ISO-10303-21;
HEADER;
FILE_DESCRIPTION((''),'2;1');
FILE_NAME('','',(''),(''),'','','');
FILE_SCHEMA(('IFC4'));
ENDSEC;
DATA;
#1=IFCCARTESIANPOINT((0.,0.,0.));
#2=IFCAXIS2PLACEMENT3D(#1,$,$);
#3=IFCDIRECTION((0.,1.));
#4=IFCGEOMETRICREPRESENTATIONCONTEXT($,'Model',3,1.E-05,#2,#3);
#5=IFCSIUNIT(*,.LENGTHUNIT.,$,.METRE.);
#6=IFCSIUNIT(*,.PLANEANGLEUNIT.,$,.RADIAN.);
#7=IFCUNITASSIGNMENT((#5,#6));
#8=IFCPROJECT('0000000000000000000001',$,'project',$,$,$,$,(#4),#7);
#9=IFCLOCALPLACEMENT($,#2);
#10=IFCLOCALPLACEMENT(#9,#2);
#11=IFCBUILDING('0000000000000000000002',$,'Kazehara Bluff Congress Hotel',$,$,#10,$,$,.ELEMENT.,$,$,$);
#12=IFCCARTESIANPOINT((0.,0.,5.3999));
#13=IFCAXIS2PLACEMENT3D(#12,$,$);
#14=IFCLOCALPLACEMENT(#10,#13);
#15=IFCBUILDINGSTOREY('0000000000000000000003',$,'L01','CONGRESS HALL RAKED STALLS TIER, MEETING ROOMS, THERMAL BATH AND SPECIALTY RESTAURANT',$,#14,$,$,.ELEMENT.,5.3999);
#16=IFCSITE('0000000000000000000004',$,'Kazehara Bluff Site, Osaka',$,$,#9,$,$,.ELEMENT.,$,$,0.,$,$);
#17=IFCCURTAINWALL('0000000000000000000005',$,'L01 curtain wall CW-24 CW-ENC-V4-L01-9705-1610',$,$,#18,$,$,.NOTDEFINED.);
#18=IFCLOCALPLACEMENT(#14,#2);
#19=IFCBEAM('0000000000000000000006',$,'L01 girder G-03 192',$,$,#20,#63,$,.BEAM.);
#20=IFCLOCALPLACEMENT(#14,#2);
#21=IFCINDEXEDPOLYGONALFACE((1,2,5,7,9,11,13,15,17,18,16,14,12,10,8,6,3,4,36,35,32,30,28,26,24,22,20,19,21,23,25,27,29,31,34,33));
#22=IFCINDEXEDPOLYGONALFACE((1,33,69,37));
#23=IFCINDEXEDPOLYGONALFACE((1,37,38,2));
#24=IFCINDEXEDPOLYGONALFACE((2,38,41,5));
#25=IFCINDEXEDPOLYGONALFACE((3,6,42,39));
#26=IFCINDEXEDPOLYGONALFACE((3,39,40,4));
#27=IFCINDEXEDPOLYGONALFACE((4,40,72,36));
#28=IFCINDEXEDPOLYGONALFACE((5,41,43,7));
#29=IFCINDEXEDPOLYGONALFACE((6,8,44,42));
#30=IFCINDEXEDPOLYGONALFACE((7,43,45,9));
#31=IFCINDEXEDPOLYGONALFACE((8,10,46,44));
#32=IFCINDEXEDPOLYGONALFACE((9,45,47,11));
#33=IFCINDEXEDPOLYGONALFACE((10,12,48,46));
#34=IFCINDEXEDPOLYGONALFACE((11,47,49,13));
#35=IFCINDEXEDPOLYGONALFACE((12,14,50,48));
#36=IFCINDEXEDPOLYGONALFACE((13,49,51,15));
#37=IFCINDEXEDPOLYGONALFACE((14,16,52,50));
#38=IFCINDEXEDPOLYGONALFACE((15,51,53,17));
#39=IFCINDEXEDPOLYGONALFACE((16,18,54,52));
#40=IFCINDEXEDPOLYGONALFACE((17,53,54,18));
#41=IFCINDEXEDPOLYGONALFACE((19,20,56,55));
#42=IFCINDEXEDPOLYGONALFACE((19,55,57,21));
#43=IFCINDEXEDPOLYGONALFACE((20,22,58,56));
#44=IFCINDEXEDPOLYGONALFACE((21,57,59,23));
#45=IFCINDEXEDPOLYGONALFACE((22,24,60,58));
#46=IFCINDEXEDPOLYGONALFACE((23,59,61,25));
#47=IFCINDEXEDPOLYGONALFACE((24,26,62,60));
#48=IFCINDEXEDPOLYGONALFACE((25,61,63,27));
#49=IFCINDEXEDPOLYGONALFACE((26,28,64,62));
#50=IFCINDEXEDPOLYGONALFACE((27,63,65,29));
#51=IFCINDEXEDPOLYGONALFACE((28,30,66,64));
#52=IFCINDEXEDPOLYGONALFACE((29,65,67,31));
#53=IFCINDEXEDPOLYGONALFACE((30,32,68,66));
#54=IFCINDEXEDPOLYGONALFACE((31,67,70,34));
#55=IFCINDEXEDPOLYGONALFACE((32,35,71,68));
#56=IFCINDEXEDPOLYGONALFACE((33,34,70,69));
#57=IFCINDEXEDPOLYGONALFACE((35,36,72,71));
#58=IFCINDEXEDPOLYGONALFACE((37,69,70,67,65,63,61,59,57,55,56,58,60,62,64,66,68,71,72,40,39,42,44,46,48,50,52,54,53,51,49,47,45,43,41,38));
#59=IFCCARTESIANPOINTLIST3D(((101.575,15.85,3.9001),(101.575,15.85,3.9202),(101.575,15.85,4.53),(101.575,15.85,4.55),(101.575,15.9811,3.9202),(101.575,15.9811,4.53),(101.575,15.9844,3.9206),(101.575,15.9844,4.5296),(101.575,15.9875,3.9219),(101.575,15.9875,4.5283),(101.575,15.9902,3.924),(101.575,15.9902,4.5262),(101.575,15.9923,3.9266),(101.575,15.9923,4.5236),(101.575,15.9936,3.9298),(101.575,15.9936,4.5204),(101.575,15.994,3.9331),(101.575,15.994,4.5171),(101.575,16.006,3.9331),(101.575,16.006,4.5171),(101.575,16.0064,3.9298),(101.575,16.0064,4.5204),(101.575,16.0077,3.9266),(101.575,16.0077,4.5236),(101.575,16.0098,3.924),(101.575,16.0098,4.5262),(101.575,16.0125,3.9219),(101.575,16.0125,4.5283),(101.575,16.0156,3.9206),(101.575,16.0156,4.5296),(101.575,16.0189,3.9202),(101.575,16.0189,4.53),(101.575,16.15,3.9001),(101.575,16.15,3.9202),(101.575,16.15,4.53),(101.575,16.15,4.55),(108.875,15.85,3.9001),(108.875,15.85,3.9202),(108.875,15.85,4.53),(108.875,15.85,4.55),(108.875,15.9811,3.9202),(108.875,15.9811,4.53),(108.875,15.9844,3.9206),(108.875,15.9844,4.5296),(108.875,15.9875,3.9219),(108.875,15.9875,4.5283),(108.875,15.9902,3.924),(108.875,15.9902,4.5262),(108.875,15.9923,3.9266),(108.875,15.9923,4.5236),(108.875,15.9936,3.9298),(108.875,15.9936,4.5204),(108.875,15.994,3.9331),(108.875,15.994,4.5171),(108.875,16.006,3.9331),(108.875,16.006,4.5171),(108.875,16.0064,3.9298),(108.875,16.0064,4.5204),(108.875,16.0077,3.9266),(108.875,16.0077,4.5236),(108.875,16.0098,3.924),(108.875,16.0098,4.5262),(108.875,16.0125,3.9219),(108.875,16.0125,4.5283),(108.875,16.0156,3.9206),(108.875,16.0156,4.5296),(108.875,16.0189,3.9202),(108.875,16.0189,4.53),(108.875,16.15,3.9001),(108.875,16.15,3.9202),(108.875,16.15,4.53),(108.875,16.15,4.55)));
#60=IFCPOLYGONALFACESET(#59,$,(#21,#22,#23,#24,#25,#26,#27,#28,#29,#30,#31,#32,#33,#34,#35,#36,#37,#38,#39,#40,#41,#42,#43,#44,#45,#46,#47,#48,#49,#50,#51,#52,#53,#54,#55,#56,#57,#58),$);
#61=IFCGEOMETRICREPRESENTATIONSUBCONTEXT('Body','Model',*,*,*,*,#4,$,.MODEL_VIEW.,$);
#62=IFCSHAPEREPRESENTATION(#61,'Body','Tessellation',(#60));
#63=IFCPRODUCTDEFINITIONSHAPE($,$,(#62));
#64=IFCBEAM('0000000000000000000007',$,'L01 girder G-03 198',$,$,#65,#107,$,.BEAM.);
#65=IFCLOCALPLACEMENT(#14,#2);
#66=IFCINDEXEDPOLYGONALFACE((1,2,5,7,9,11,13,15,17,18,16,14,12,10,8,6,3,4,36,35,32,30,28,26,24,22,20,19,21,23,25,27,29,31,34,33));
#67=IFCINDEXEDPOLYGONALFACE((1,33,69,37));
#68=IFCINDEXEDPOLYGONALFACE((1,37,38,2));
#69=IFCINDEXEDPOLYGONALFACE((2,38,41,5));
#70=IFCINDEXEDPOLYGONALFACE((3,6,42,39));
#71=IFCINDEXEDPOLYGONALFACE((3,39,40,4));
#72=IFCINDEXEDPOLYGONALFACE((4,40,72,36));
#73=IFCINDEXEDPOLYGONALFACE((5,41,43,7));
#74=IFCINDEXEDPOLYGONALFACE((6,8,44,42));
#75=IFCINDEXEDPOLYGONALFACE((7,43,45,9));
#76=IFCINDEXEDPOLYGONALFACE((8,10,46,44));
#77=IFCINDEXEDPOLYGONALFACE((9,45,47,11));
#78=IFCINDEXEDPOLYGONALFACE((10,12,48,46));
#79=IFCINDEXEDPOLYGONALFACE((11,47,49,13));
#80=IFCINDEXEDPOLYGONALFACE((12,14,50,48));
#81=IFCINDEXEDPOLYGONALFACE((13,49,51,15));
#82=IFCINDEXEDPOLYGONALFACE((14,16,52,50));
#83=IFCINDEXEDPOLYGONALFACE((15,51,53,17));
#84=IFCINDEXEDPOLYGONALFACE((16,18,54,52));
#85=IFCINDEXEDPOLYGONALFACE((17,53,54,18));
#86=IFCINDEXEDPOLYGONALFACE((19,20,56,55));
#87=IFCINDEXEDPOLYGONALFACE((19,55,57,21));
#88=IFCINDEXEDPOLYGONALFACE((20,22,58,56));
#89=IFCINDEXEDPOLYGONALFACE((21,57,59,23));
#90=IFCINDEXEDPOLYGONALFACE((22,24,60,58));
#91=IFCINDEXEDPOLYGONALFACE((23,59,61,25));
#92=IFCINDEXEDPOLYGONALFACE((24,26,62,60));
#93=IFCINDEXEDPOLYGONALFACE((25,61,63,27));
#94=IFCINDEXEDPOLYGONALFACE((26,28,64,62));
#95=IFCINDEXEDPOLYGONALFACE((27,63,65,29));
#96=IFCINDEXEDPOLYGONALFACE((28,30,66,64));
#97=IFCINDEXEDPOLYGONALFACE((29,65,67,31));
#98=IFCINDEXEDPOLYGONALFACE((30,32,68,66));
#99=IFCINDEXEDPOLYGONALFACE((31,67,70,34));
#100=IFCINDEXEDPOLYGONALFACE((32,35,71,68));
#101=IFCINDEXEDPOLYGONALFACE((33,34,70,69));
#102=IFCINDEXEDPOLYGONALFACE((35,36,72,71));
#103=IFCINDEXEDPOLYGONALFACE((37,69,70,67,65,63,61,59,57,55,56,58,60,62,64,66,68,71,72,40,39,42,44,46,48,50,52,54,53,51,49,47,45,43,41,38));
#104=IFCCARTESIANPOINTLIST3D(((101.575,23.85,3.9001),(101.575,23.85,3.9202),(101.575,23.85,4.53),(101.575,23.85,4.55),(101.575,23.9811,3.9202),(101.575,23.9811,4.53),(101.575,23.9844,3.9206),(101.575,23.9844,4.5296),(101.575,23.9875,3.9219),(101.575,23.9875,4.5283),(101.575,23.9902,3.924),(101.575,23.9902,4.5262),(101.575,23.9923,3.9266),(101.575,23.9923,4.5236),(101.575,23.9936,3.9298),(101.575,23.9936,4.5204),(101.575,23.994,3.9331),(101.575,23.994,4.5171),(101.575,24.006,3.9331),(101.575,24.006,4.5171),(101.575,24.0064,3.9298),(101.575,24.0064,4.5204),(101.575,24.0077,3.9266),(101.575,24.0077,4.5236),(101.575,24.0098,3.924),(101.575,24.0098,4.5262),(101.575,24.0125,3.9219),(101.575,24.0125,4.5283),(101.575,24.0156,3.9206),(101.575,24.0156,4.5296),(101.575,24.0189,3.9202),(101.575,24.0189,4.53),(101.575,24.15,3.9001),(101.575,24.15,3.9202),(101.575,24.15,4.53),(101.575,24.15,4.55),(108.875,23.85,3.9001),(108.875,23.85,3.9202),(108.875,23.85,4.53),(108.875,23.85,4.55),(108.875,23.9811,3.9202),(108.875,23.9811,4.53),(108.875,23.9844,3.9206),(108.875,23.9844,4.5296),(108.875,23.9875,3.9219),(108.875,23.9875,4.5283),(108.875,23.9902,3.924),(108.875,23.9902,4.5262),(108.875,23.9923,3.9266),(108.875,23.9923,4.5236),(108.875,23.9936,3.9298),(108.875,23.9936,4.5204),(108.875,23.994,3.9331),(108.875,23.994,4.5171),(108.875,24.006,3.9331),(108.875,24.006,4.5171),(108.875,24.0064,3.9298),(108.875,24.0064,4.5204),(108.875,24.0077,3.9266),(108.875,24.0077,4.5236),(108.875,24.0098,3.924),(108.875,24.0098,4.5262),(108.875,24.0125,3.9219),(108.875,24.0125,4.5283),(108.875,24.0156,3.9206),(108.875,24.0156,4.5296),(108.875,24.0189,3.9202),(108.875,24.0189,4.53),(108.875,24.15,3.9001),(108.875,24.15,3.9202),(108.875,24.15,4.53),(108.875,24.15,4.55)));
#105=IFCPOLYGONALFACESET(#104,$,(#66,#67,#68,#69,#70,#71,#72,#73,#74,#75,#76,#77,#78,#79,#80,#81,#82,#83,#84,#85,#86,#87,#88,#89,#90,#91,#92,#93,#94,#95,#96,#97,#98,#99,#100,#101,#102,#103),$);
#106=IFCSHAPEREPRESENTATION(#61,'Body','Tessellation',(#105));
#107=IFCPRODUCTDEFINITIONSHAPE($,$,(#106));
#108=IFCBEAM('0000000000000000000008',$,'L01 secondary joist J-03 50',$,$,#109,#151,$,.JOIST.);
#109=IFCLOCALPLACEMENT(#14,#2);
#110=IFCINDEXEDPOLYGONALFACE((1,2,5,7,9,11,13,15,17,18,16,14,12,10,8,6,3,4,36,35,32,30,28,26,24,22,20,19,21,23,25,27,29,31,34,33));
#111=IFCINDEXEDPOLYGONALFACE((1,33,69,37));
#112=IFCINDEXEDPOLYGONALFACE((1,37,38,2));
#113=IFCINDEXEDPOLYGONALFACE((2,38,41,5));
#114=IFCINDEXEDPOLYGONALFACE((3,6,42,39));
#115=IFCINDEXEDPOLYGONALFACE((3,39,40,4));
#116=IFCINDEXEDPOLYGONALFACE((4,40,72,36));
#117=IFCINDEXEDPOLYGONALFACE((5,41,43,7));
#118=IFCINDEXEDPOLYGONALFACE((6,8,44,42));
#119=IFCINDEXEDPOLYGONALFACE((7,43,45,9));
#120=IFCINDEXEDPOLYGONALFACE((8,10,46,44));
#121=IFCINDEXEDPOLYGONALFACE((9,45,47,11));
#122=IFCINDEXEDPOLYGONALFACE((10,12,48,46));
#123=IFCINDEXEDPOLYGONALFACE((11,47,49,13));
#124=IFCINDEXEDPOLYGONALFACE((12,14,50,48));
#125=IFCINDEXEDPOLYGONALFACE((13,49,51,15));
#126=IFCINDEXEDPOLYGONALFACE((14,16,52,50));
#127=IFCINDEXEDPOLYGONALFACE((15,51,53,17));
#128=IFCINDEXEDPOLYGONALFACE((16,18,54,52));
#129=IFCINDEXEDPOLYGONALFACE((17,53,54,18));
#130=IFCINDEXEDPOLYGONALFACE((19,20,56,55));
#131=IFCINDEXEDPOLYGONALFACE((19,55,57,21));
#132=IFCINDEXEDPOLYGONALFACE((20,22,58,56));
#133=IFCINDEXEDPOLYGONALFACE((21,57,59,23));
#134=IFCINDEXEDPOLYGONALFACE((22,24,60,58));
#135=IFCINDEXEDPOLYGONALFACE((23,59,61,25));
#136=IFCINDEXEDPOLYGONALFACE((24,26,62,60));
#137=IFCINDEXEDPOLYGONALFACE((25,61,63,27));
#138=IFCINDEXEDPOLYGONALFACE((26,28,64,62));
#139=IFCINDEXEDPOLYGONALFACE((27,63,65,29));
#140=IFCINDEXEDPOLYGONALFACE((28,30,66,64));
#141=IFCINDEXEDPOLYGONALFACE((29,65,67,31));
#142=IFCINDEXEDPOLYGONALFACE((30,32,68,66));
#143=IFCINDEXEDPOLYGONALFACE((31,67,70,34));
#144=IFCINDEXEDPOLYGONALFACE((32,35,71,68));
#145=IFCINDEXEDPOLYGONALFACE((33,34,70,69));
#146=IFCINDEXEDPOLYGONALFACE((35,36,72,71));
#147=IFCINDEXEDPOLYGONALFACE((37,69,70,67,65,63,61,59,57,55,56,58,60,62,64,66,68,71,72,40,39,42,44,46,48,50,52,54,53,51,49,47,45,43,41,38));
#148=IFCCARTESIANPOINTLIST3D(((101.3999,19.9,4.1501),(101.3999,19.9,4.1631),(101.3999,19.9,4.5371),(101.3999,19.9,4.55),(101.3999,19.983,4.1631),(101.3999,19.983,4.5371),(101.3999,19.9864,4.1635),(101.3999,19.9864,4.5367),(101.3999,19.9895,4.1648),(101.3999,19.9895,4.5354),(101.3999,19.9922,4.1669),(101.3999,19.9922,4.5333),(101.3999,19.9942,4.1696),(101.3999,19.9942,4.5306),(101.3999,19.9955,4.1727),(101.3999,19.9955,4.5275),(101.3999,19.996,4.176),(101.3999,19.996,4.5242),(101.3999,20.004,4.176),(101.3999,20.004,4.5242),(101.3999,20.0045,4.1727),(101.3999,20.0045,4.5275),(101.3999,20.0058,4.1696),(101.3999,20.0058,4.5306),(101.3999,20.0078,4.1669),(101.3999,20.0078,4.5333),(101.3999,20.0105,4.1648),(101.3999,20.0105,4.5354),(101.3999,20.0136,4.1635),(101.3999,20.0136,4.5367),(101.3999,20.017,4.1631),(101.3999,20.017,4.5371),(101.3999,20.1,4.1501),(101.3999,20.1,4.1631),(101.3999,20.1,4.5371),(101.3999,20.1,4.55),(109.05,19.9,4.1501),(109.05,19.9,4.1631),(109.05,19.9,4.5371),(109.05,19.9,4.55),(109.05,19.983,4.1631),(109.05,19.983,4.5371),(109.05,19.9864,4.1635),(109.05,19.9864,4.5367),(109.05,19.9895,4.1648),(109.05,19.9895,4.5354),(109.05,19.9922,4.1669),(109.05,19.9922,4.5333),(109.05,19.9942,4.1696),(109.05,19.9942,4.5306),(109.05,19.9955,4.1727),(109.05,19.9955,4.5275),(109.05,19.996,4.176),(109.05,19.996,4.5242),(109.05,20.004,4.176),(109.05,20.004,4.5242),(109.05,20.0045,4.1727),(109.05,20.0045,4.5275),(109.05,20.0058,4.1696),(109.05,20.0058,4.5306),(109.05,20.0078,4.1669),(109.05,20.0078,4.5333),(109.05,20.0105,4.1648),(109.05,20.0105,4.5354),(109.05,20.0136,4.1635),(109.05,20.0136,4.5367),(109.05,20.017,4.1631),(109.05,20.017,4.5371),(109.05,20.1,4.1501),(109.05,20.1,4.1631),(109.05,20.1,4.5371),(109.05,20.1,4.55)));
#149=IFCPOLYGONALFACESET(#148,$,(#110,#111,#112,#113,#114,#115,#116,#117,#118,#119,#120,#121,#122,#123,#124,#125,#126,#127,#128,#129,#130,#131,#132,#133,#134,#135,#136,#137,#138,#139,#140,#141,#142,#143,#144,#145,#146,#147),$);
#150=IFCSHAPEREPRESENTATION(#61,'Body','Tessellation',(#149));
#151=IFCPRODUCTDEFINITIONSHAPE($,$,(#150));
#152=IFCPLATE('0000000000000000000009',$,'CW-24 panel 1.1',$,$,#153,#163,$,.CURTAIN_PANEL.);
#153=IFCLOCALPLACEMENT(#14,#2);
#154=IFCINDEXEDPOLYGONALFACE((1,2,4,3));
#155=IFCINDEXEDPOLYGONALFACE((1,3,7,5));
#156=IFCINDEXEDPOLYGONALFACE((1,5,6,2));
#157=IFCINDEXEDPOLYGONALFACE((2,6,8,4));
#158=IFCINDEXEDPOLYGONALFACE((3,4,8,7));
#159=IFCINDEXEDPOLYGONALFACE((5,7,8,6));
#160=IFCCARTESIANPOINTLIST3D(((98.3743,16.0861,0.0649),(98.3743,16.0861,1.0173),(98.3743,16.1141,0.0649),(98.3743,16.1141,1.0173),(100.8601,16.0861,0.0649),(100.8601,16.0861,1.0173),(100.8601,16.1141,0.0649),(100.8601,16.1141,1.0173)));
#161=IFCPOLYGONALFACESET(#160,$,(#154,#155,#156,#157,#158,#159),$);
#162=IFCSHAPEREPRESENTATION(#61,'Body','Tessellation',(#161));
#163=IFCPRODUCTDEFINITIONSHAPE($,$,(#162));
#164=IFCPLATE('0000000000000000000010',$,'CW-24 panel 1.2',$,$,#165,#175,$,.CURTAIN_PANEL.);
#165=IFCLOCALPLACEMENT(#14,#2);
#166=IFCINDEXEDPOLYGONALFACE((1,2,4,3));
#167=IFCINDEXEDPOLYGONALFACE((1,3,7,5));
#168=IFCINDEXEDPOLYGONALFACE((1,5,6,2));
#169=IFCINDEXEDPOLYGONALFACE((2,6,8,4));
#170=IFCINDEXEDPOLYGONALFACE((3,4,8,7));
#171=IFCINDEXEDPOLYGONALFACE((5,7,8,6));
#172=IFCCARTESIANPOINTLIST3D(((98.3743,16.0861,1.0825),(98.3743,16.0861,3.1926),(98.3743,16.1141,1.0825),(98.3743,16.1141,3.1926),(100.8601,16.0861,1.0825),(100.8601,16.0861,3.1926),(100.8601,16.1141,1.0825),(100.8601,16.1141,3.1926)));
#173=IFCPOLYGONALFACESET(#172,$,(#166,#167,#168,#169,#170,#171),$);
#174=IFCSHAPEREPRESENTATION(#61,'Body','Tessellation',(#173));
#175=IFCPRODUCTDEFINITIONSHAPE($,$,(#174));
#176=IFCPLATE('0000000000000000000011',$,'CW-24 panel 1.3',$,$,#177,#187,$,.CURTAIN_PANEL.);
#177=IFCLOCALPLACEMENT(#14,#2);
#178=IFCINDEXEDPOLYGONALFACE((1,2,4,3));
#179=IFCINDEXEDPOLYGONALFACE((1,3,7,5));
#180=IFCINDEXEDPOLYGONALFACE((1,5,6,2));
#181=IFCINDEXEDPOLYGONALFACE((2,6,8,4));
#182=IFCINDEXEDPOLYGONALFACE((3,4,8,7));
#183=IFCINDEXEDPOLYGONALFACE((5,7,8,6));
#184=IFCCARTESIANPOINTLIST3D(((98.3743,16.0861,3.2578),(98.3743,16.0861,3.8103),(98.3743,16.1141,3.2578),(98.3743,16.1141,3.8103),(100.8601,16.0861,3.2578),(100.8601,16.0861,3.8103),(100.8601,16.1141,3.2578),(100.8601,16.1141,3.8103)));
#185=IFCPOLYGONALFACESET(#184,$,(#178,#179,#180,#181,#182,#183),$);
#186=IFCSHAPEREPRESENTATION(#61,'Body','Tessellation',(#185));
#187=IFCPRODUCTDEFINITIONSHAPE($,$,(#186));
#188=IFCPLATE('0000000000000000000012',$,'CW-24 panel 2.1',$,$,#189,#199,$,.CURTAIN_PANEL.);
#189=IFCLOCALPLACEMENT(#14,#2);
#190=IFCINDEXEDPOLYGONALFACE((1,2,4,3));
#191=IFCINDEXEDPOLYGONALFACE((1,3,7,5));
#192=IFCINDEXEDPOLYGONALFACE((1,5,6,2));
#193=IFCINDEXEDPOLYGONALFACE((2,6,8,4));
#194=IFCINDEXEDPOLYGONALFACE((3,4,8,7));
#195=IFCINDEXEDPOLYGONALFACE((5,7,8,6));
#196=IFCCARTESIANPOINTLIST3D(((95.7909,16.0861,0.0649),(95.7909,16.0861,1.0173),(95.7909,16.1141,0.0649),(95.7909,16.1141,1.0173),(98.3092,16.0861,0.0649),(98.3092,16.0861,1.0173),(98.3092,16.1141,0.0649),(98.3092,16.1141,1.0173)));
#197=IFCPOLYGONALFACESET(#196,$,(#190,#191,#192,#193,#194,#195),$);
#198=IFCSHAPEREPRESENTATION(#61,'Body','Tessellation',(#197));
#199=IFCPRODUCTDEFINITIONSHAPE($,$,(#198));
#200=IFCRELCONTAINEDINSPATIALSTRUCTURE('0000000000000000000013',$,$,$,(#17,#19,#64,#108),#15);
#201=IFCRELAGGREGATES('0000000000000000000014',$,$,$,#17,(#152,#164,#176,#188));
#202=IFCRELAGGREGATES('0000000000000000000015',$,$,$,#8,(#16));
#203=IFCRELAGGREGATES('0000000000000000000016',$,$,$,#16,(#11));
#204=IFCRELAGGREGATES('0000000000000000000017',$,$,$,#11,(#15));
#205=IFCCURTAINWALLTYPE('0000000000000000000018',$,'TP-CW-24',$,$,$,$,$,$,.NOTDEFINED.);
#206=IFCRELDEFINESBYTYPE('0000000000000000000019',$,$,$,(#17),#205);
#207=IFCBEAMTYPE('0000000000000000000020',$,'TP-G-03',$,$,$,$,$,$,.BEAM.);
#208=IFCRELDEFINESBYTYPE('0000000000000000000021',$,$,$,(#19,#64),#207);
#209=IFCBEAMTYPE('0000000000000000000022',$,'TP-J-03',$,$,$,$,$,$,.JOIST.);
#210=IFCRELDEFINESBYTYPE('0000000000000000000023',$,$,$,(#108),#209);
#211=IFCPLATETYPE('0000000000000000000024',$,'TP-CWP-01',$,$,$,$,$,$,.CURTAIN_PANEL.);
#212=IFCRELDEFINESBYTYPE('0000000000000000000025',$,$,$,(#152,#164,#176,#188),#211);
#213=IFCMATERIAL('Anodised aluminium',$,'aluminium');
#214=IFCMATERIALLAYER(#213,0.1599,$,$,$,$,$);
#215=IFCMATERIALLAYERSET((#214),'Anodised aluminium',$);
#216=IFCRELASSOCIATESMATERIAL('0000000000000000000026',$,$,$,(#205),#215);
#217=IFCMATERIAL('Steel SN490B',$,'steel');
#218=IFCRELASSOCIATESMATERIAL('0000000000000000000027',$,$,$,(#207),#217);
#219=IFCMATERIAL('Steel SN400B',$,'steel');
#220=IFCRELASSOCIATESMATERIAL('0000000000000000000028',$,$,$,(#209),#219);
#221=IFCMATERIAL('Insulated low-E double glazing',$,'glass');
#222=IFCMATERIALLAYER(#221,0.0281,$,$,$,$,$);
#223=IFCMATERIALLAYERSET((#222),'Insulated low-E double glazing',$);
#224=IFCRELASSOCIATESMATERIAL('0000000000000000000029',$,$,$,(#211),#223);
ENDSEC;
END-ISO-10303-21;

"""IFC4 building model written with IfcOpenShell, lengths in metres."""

from ifc_helpers import new_model, si_unit, direction, frame, origin, origin_2d, place, context, subcontext, project, spatial, rectangle, i_section, extrude, material, layer, layer_set, material_profile, profile_set, type_object, element, aggregate, save


model = new_model("IFC4")

# Units and contexts
model_context = context("Model", 3, precision=1e-05, world=origin(), true_north=direction((0.0, 1.0)))
body_context = subcontext(model_context, "Body", "Model", "MODEL_VIEW")
ifc_project = project(units=[si_unit("LENGTHUNIT", "METRE"), si_unit("PLANEANGLEUNIT", "RADIAN")], contexts=[model_context])

# Site, building, storey
site_placement = place(None, origin())
site = spatial("IfcSite", under=ifc_project, at=site_placement, Name="Kazehara Bluff Site, Osaka", CompositionType="ELEMENT", RefElevation=0.0)
building_placement = place(site_placement, origin())
building = spatial("IfcBuilding", under=site, at=building_placement, Name="Kazehara Bluff Congress Hotel", CompositionType="ELEMENT")
storey_placement = place(building_placement, frame((0.0, 0.0, 5.3999)))
storey = spatial("IfcBuildingStorey", under=building, at=storey_placement, Name="L01", Description="CONGRESS HALL RAKED STALLS TIER, MEETING ROOMS, THERMAL BATH AND SPECIALTY RESTAURANT", CompositionType="ELEMENT", Elevation=5.3999)

# Curtain wall
ifc_material_1 = material(Name="Anodised aluminium", Category="aluminium")
ifc_layer_1 = layer(ifc_material_1, 0.1599)
ifc_layer_set_1 = layer_set([ifc_layer_1], Name="Anodised aluminium")
curtain_wall_type_1 = type_object("IfcCurtainWallType", Name="TP-CW-24", PredefinedType="NOTDEFINED", material=ifc_layer_set_1)
curtain_wall_1_placement = place(storey_placement, origin())
curtain_wall_1 = element("IfcCurtainWall", 1, at=curtain_wall_1_placement, inside=storey, type_object=curtain_wall_type_1, Name="L01 curtain wall CW-24 CW-ENC-V4-L01-9705-1610", PredefinedType="NOTDEFINED")

# Beams
ifc_material_2 = material(Name="Steel SN490B", Category="steel")
ifc_material_profile_1 = material_profile(ifc_material_2, i_section(OverallWidth=0.3, OverallDepth=0.6499, WebThickness=0.012, FlangeThickness=0.02, FilletRadius=0.0129, at=origin_2d()))
ifc_profile_set_1 = profile_set([ifc_material_profile_1], Name="Steel SN490B")
beam_type_1 = type_object("IfcBeamType", Name="TP-G-03", PredefinedType="BEAM", material=ifc_profile_set_1)
for number, where, z_axis, x_axis, name in (
    (2, (101.575, 16.0, 4.2251), (1.0, 0.0, 0.0), (0.0, 1.0, 0.0), "L01 girder G-03 192"),
    (3, (101.575, 24.0, 4.2251), (1.0, 0.0, 0.0), (0.0, 1.0, 0.0), "L01 girder G-03 198"),
):
    element("IfcBeam", number, at=place(storey_placement, frame(where, z_axis=z_axis, x_axis=x_axis)), inside=storey, type_object=beam_type_1, Name=name, PredefinedType="BEAM", context=body_context, shape_type="SweptSolid", body=[
        extrude(i_section(OverallWidth=0.3, OverallDepth=0.6499, WebThickness=0.012, FlangeThickness=0.02, FilletRadius=0.0129, at=origin_2d()), origin(), (0.0, 0.0, 1.0), 7.3),
    ])
ifc_material_3 = material(Name="Steel SN400B", Category="steel")
ifc_material_profile_2 = material_profile(ifc_material_3, i_section(OverallWidth=0.2, OverallDepth=0.3999, WebThickness=0.0081, FlangeThickness=0.0129, FilletRadius=0.0129, at=origin_2d()))
ifc_profile_set_2 = profile_set([ifc_material_profile_2], Name="Steel SN400B")
beam_type_2 = type_object("IfcBeamType", Name="TP-J-03", PredefinedType="JOIST", material=ifc_profile_set_2)
beam_1_placement = place(storey_placement, frame((101.3999, 20.0, 4.3501), z_axis=(1.0, 0.0, 0.0), x_axis=(0.0, 1.0, 0.0)))
element("IfcBeam", 4, at=beam_1_placement, inside=storey, type_object=beam_type_2, Name="L01 secondary joist J-03 50", PredefinedType="JOIST", context=body_context, shape_type="SweptSolid", body=[
    extrude(i_section(OverallWidth=0.2, OverallDepth=0.3999, WebThickness=0.0081, FlangeThickness=0.0129, FilletRadius=0.0129, at=origin_2d()), origin(), (0.0, 0.0, 1.0), 7.6501),
])

# Plates
ifc_material_4 = material(Name="Insulated low-E double glazing", Category="glass")
ifc_layer_2 = layer(ifc_material_4, 0.0281)
ifc_layer_set_2 = layer_set([ifc_layer_2], Name="Insulated low-E double glazing")
plate_type = type_object("IfcPlateType", Name="TP-CWP-01", PredefinedType="CURTAIN_PANEL", material=ifc_layer_set_2)
plate_1_placement = place(storey_placement, frame((99.6172, 16.1001, 0.0649), z_axis=(0.0, 0.0, 1.0), x_axis=(-1.0, 0.0, 0.0)))
plate_1 = element("IfcPlate", 5, at=plate_1_placement, type_object=plate_type, Name="CW-24 panel 1.1", PredefinedType="CURTAIN_PANEL", context=body_context, shape_type="SweptSolid", body=[
    extrude(rectangle(XDim=2.4858, YDim=0.0281, at=origin_2d()), origin(), (0.0, 0.0, 1.0), 0.9524),
])
plate_2_placement = place(storey_placement, frame((99.6172, 16.1001, 1.0825), z_axis=(0.0, 0.0, 1.0), x_axis=(-1.0, 0.0, 0.0)))
plate_2 = element("IfcPlate", 6, at=plate_2_placement, type_object=plate_type, Name="CW-24 panel 1.2", PredefinedType="CURTAIN_PANEL", context=body_context, shape_type="SweptSolid", body=[
    extrude(rectangle(XDim=2.4858, YDim=0.0281, at=origin_2d()), origin(), (0.0, 0.0, 1.0), 2.1101),
])
plate_3_placement = place(storey_placement, frame((99.6172, 16.1001, 3.2578), z_axis=(0.0, 0.0, 1.0), x_axis=(-1.0, 0.0, 0.0)))
plate_3 = element("IfcPlate", 7, at=plate_3_placement, type_object=plate_type, Name="CW-24 panel 1.3", PredefinedType="CURTAIN_PANEL", context=body_context, shape_type="SweptSolid", body=[
    extrude(rectangle(XDim=2.4858, YDim=0.0281, at=origin_2d()), origin(), (0.0, 0.0, 1.0), 0.5525),
])
plate_4_placement = place(storey_placement, frame((97.05, 16.1001, 0.0649), z_axis=(0.0, 0.0, 1.0), x_axis=(-1.0, 0.0, 0.0)))
plate_4 = element("IfcPlate", 8, at=plate_4_placement, type_object=plate_type, Name="CW-24 panel 2.1", PredefinedType="CURTAIN_PANEL", context=body_context, shape_type="SweptSolid", body=[
    extrude(rectangle(XDim=2.5183, YDim=0.0281, at=origin_2d()), origin(), (0.0, 0.0, 1.0), 0.9524),
])
aggregate(curtain_wall_1, [plate_1, plate_2, plate_3, plate_4])

save(model, "model.ifc")
